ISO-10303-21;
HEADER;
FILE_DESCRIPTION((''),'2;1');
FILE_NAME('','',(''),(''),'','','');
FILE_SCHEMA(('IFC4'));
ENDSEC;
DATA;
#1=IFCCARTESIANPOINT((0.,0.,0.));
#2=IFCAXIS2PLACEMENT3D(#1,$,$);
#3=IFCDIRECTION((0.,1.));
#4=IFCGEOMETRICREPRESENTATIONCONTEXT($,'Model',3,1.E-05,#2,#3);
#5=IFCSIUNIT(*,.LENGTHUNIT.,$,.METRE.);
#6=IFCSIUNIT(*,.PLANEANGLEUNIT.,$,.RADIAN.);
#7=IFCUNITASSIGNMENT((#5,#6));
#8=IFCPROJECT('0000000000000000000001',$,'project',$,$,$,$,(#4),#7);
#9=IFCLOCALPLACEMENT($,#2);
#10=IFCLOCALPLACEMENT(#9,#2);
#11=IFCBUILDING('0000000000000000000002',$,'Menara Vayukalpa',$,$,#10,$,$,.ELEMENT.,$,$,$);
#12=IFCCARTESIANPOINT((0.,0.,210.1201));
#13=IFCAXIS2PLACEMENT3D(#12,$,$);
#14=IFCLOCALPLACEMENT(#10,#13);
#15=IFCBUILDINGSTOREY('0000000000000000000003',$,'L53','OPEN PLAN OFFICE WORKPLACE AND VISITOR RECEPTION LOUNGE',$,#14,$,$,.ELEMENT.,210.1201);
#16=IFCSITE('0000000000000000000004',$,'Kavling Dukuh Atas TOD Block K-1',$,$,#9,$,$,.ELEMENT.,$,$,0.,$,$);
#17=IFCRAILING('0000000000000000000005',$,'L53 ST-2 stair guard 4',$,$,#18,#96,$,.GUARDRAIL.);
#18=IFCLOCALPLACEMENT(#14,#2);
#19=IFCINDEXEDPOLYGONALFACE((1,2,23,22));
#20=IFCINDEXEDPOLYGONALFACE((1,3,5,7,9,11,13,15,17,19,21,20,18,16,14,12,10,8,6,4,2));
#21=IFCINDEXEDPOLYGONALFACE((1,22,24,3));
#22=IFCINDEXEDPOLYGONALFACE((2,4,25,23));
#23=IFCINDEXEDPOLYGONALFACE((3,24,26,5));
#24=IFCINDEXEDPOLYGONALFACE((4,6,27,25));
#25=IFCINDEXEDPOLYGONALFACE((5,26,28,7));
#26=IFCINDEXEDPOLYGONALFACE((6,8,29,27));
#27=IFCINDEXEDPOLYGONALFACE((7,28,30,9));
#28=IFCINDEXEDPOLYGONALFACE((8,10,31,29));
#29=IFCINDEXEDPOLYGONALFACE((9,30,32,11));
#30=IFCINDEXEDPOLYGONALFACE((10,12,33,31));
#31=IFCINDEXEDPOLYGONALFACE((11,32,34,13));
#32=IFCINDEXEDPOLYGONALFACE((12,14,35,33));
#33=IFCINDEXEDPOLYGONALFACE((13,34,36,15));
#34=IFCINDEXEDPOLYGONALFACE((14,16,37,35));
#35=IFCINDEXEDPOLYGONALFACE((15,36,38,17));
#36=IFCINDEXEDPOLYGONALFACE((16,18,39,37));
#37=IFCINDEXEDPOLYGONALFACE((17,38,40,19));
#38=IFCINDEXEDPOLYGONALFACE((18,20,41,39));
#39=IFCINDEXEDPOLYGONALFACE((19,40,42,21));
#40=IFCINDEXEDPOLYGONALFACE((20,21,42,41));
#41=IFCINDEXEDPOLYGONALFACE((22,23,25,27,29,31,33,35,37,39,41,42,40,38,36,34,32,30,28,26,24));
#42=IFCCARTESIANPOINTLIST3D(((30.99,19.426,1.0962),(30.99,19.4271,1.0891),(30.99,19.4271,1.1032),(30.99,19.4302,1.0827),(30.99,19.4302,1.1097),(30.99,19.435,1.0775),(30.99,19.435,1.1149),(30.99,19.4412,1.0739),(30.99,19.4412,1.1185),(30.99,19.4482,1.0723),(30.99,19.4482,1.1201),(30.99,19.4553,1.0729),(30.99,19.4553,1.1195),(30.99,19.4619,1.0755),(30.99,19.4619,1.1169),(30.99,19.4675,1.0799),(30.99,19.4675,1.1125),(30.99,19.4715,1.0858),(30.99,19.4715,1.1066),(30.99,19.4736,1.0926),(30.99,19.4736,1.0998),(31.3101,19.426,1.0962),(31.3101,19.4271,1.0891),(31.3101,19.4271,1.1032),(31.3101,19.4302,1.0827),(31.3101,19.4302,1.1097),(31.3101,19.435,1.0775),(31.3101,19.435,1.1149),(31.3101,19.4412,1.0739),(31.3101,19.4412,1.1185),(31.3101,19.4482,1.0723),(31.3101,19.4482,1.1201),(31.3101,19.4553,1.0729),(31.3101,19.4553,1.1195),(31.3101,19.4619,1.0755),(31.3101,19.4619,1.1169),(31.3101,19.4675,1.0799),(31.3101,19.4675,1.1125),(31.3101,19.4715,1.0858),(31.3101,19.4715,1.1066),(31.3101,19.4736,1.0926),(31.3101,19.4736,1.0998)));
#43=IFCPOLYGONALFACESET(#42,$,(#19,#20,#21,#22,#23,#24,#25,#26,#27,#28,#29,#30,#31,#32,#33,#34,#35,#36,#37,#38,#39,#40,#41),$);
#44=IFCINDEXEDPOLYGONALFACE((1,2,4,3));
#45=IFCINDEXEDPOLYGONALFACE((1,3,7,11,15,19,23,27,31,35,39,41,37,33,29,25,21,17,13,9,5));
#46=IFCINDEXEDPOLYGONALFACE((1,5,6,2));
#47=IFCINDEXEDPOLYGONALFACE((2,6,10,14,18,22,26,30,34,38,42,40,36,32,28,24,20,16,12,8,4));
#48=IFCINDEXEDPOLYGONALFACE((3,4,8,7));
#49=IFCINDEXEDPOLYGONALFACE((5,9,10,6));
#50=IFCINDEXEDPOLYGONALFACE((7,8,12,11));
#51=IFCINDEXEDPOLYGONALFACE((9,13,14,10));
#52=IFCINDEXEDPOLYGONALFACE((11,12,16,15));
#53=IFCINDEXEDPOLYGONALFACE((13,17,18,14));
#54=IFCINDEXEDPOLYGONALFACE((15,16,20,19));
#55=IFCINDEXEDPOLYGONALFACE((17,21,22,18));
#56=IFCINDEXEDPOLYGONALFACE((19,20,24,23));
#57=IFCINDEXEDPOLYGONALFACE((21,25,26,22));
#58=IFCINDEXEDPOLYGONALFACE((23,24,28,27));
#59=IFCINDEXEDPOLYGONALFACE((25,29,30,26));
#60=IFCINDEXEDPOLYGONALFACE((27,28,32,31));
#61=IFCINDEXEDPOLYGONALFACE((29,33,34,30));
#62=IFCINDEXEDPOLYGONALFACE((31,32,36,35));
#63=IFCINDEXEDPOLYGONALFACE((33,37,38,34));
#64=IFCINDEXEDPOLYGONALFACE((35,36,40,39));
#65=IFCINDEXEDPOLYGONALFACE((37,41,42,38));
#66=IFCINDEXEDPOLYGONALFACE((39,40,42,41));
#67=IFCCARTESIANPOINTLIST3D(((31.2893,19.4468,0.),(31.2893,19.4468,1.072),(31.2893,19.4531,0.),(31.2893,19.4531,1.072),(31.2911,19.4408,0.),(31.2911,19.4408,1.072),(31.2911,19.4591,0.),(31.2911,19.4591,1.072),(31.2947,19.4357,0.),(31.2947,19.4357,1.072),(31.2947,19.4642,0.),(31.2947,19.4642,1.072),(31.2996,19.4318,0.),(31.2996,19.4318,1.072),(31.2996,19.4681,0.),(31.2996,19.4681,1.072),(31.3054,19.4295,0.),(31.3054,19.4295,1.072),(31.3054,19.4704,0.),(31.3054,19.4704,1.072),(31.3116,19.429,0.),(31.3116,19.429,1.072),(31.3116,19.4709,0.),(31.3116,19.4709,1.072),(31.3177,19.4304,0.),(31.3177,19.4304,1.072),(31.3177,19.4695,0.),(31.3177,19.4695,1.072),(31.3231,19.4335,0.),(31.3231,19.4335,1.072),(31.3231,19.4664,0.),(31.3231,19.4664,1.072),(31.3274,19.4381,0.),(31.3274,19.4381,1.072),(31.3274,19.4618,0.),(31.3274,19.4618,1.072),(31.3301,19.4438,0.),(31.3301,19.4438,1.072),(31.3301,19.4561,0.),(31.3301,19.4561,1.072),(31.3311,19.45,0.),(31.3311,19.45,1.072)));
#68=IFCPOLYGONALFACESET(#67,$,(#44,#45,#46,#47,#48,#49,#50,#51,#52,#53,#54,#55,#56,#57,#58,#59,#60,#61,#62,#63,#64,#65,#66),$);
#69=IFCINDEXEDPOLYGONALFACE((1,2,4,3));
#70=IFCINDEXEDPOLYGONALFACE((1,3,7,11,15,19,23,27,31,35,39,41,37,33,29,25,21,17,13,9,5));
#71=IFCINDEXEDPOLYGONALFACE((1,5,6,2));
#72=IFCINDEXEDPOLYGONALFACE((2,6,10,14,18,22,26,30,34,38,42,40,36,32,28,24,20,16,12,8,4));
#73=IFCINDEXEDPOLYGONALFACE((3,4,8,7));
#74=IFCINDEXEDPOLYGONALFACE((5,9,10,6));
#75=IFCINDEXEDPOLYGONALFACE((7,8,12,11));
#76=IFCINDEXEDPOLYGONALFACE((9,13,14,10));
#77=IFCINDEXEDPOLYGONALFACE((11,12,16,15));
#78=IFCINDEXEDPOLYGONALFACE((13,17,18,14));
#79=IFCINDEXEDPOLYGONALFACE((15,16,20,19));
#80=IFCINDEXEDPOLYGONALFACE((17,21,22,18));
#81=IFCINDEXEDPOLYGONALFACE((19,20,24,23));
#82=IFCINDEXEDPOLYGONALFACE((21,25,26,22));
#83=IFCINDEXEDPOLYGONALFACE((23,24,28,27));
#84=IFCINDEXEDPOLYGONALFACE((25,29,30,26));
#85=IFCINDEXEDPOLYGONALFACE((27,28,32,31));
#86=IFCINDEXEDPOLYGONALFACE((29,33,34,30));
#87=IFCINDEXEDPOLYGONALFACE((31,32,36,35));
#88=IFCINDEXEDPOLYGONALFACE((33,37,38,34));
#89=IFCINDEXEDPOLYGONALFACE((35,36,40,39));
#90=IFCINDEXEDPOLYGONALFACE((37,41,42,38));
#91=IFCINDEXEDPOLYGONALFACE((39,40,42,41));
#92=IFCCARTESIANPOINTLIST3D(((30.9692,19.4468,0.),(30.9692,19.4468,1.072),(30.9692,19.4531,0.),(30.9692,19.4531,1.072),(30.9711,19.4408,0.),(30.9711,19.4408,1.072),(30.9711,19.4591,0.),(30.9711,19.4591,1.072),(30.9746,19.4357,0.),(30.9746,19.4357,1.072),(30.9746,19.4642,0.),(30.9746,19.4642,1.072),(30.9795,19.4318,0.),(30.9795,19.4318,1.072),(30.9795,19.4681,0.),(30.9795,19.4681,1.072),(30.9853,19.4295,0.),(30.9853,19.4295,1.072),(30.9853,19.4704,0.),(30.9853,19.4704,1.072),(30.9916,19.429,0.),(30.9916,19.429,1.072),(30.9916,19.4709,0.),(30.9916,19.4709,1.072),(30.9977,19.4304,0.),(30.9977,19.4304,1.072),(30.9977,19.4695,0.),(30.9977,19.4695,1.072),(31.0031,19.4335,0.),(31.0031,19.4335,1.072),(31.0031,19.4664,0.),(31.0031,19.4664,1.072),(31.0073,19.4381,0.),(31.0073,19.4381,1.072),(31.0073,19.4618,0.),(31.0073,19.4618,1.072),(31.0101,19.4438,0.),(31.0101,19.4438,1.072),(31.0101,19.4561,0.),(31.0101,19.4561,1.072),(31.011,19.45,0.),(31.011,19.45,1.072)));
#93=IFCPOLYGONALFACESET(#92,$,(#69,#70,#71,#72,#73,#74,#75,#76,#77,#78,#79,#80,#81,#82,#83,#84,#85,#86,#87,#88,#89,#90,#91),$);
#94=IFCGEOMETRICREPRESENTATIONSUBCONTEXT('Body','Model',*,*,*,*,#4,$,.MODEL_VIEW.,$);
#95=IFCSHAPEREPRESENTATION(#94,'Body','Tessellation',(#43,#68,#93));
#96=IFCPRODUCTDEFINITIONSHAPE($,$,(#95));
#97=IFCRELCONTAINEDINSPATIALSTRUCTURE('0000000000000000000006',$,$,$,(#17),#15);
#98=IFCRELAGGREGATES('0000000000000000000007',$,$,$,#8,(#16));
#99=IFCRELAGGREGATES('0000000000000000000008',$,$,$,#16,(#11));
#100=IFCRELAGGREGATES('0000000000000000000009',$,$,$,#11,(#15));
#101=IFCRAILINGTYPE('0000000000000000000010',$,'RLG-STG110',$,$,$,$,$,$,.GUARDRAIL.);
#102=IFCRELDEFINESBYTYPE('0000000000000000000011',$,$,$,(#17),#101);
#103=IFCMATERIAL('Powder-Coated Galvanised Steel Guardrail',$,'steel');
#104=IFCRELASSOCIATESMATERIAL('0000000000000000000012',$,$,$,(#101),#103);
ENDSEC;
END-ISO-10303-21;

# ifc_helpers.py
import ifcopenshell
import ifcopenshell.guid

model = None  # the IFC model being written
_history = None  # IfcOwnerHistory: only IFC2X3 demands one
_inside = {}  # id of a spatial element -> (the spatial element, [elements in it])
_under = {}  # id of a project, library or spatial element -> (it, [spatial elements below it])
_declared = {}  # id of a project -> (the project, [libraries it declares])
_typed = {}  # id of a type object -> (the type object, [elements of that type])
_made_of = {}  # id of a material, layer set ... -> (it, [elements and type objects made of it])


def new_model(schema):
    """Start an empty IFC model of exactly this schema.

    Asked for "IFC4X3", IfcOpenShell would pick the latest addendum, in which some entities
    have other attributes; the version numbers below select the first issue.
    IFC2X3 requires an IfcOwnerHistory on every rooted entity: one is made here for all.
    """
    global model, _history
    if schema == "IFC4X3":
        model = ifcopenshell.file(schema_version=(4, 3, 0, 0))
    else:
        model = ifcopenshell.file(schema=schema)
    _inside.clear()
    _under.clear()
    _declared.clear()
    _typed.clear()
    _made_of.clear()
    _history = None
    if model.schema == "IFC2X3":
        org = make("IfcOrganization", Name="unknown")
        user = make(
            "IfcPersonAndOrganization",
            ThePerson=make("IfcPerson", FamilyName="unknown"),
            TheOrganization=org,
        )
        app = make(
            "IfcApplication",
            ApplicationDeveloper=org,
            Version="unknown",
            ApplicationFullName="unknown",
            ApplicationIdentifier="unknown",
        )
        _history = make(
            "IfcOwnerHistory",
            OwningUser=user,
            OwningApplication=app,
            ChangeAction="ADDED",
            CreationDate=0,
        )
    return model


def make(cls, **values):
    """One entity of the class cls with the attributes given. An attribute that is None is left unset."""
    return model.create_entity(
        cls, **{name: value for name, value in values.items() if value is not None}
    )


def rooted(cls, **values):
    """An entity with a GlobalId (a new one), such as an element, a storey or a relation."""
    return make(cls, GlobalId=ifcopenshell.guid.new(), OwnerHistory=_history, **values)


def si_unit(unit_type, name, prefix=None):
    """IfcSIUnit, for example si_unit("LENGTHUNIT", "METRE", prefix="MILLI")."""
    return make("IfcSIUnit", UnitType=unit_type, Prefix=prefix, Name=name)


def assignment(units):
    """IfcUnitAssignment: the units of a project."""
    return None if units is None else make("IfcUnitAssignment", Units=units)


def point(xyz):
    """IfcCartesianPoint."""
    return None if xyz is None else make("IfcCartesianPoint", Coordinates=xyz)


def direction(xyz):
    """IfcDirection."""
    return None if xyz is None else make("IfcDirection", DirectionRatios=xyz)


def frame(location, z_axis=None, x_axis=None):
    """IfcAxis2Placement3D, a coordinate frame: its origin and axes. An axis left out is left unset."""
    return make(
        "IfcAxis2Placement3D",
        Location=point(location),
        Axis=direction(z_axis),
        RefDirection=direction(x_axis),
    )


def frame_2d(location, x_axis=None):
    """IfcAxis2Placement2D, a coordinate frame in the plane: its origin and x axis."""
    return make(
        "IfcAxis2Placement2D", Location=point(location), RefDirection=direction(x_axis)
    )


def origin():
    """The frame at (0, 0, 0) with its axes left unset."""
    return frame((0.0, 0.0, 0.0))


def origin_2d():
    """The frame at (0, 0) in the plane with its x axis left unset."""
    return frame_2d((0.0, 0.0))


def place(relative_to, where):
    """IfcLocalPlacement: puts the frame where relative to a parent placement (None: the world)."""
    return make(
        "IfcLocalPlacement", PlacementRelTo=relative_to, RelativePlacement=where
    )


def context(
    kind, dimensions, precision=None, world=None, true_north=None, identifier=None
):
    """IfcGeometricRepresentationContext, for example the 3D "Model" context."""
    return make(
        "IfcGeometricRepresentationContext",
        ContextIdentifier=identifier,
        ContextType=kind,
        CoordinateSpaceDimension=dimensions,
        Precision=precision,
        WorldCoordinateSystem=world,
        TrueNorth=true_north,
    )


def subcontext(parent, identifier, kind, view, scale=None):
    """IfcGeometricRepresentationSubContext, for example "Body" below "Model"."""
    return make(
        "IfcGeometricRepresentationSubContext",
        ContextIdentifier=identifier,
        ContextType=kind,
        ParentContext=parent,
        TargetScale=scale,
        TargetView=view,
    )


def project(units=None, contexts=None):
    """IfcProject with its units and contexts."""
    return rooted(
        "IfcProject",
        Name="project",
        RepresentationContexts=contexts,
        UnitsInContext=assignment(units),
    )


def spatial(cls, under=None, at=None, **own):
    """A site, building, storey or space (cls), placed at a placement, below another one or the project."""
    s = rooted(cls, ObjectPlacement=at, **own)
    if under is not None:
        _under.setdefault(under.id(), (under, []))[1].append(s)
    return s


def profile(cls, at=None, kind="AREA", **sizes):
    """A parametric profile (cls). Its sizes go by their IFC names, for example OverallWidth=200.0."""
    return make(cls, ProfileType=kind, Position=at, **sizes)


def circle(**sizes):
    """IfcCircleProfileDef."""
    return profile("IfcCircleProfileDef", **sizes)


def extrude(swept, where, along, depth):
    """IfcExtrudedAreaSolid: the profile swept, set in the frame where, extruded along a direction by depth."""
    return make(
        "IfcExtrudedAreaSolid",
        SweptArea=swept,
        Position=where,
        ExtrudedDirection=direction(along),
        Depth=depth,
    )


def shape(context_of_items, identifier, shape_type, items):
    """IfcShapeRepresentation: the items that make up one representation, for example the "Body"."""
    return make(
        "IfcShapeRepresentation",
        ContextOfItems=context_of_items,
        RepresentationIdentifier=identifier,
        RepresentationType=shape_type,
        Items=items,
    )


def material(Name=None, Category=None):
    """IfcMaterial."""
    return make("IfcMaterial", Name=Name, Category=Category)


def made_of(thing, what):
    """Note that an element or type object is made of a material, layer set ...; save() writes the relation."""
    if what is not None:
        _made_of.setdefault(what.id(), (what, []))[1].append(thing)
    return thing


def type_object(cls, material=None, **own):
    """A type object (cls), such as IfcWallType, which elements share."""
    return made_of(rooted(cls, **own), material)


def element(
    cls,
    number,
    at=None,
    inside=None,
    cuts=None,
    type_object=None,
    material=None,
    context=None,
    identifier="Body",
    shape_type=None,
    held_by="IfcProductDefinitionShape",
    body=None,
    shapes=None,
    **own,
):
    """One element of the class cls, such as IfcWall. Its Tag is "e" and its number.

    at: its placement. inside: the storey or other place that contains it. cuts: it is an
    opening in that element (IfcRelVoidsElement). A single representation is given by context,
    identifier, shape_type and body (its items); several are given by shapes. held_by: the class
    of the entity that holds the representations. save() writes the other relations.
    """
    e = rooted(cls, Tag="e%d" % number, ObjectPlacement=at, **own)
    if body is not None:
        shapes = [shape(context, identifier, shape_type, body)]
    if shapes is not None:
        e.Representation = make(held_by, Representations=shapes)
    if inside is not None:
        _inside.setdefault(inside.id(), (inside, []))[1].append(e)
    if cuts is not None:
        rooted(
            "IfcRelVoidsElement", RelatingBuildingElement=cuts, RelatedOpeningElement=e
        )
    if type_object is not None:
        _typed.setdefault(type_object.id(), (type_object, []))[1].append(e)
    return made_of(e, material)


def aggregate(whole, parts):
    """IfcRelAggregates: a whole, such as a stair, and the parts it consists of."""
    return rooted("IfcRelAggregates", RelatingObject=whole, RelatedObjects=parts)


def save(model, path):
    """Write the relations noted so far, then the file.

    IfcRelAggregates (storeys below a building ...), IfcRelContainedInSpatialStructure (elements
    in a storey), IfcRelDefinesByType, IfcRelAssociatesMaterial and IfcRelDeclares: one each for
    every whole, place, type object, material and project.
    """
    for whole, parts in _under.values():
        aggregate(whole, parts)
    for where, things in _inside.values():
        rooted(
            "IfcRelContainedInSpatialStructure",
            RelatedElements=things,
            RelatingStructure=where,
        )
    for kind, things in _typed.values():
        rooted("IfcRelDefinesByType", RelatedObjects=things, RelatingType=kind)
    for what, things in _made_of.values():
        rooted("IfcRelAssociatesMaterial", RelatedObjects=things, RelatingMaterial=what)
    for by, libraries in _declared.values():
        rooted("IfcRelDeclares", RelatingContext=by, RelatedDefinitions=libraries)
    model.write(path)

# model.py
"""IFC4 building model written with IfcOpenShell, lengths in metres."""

from ifc_helpers import new_model, si_unit, direction, frame, origin, origin_2d, place, context, subcontext, project, spatial, circle, extrude, material, type_object, element, save


model = new_model("IFC4")

# Units and contexts
model_context = context("Model", 3, precision=1e-05, world=origin(), true_north=direction((0.0, 1.0)))
body_context = subcontext(model_context, "Body", "Model", "MODEL_VIEW")
ifc_project = project(units=[si_unit("LENGTHUNIT", "METRE"), si_unit("PLANEANGLEUNIT", "RADIAN")], contexts=[model_context])

# Site, building, storey
site_placement = place(None, origin())
site = spatial("IfcSite", under=ifc_project, at=site_placement, Name="Kavling Dukuh Atas TOD Block K-1", CompositionType="ELEMENT", RefElevation=0.0)
building_placement = place(site_placement, origin())
building = spatial("IfcBuilding", under=site, at=building_placement, Name="Menara Vayukalpa", CompositionType="ELEMENT")
storey_placement = place(building_placement, frame((0.0, 0.0, 210.1201)))
storey = spatial("IfcBuildingStorey", under=building, at=storey_placement, Name="L53", Description="OPEN PLAN OFFICE WORKPLACE AND VISITOR RECEPTION LOUNGE", CompositionType="ELEMENT", Elevation=210.1201)

# Railing
ifc_material_1 = material(Name="Powder-Coated Galvanised Steel Guardrail", Category="steel")
railing_type_1 = type_object("IfcRailingType", Name="RLG-STG110", PredefinedType="GUARDRAIL", material=ifc_material_1)
railing_1_placement = place(storey_placement, frame((31.3101, 19.45, 0.0)))
element("IfcRailing", 1, at=railing_1_placement, inside=storey, type_object=railing_type_1, Name="L53 ST-2 stair guard 4", PredefinedType="GUARDRAIL", context=body_context, shape_type="SweptSolid", body=[
    extrude(circle(Radius=0.0239, at=origin_2d()), frame((0.0, 0.0, 1.0962), z_axis=(-1.0, 0.0, 0.0), x_axis=(0.0, -1.0, 0.0)), (0.0, 0.0, 1.0), 0.3201),
    extrude(circle(Radius=0.021, at=origin_2d()), origin(), (0.0, 0.0, 1.0), 1.072),
    extrude(circle(Radius=0.021, at=origin_2d()), frame((-0.3201, 0.0, 0.0)), (0.0, 0.0, 1.0), 1.072),
])

save(model, "model.ifc")
